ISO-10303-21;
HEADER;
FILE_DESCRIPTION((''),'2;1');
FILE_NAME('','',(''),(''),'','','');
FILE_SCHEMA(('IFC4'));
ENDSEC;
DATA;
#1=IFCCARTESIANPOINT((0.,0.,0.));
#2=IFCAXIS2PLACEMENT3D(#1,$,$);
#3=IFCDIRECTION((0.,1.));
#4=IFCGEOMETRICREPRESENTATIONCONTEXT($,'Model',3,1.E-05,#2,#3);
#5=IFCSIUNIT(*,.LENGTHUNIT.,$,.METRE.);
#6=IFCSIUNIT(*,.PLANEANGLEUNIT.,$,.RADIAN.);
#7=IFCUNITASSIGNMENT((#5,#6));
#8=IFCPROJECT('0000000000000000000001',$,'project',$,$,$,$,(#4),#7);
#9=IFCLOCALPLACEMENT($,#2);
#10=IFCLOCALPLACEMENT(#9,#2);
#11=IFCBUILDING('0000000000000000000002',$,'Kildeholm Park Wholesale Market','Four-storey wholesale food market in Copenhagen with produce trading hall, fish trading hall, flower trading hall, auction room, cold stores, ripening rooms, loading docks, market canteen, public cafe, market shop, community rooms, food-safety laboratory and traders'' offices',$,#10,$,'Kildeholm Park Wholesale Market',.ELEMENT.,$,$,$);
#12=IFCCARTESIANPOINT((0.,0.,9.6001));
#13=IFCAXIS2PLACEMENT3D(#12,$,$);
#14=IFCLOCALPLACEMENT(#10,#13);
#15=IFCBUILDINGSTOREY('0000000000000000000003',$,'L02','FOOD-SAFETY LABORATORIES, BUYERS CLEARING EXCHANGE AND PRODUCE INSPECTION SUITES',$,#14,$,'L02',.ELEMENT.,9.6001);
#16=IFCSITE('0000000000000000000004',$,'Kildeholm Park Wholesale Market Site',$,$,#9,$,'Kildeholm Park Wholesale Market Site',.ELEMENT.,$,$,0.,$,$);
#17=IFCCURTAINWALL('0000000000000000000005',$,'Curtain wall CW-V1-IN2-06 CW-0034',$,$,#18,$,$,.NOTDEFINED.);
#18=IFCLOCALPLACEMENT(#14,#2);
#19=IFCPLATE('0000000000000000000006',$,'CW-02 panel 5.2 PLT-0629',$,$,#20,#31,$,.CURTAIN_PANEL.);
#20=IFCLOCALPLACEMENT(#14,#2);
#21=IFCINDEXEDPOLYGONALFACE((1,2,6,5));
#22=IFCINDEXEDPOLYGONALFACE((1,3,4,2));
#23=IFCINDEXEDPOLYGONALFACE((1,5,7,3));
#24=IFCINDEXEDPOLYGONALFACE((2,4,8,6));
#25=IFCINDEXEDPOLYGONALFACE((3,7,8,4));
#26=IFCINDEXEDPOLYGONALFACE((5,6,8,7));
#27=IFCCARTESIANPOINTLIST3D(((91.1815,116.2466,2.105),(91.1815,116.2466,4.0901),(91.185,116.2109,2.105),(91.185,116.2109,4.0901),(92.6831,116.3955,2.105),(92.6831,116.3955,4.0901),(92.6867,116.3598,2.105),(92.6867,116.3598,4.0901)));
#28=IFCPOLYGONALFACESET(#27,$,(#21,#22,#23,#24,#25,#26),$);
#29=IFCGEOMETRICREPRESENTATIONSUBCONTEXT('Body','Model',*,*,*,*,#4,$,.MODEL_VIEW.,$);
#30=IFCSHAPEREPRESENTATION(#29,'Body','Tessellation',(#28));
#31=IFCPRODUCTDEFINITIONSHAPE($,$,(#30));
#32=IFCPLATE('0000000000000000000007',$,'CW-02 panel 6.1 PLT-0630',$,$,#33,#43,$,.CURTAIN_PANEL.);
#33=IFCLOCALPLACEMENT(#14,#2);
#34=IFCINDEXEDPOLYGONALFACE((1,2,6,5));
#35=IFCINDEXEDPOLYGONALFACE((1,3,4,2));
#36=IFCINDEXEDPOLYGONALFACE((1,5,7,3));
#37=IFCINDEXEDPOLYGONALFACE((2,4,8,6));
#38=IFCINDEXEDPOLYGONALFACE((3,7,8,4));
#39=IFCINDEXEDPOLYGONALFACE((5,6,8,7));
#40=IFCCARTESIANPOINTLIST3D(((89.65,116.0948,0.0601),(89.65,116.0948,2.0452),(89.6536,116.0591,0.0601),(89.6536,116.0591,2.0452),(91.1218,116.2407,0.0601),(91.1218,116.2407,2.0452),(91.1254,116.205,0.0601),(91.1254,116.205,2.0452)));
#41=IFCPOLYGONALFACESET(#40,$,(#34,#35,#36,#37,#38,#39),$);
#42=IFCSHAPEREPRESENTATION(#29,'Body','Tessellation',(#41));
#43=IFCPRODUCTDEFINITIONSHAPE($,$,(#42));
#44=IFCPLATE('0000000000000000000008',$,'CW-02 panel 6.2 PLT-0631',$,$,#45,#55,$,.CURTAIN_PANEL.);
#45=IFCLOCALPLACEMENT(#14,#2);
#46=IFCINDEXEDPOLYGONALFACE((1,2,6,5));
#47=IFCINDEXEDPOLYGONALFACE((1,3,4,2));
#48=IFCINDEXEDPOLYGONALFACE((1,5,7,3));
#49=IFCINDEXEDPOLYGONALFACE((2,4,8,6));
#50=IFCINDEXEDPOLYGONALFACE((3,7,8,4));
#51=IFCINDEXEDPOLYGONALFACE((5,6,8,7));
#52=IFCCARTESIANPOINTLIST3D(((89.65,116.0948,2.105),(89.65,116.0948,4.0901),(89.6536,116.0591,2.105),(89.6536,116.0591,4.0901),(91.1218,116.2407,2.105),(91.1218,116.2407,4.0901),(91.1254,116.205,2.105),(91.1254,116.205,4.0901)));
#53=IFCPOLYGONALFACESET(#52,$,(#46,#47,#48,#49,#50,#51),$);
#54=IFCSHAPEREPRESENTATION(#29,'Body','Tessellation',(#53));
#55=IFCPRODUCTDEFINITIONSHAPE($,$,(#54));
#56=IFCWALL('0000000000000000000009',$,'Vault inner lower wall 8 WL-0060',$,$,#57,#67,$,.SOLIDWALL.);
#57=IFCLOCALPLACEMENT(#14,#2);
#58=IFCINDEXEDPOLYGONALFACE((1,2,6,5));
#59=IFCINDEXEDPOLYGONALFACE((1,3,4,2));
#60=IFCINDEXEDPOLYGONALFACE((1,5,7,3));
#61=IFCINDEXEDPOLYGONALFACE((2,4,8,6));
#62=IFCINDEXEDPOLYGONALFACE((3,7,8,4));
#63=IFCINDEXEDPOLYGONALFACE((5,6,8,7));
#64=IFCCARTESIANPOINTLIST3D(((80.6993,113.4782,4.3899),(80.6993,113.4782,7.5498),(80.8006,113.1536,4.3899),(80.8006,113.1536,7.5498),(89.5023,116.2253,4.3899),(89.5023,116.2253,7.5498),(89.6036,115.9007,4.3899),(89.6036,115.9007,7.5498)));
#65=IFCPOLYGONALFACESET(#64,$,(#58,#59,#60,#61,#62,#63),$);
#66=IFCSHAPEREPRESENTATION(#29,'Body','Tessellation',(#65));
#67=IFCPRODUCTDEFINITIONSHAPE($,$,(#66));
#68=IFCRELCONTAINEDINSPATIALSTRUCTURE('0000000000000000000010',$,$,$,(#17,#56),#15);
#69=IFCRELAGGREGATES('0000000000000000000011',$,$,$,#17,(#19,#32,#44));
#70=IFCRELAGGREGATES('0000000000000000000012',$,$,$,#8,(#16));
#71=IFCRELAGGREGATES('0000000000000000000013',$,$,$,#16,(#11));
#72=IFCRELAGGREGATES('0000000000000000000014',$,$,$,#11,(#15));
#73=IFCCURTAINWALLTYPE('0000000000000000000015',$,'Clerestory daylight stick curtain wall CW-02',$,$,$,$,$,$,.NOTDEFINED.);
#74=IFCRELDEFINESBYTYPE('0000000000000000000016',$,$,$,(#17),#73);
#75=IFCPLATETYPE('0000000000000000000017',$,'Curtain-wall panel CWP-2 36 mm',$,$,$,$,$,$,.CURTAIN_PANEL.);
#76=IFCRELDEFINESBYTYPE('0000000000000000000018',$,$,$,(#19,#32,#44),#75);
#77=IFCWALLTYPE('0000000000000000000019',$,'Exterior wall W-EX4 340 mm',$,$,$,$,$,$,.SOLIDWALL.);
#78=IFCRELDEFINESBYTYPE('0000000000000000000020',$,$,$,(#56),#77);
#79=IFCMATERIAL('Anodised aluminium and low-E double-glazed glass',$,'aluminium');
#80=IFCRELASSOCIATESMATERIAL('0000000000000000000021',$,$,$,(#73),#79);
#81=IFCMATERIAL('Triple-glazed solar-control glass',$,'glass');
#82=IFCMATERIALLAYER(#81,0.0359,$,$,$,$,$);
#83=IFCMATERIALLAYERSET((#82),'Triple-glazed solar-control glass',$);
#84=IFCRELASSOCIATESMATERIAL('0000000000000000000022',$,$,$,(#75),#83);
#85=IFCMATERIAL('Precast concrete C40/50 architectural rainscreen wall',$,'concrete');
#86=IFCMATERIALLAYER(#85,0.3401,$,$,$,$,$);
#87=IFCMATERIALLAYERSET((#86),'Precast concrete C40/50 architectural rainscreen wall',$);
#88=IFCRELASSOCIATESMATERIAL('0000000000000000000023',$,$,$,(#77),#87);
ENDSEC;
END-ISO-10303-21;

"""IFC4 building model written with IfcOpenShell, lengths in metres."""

from ifc_helpers import new_model, si_unit, direction, frame, frame_2d, origin, origin_2d, place, context, subcontext, project, spatial, rectangle, extrude, material, layer, layer_set, type_object, element, aggregate, save


model = new_model("IFC4")

# Units and contexts
model_context = context("Model", 3, precision=1e-05, world=origin(), true_north=direction((0.0, 1.0)))
body_context = subcontext(model_context, "Body", "Model", "MODEL_VIEW")
ifc_project = project(units=[si_unit("LENGTHUNIT", "METRE"), si_unit("PLANEANGLEUNIT", "RADIAN")], contexts=[model_context])

# Site, building, storey
site_placement = place(None, origin())
site = spatial("IfcSite", under=ifc_project, at=site_placement, Name="Kildeholm Park Wholesale Market Site", LongName="Kildeholm Park Wholesale Market Site", CompositionType="ELEMENT", RefElevation=0.0)
building_placement = place(site_placement, origin())
building = spatial("IfcBuilding", under=site, at=building_placement, Name="Kildeholm Park Wholesale Market", Description="Four-storey wholesale food market in Copenhagen with produce trading hall, fish trading hall, flower trading hall, auction room, cold stores, ripening rooms, loading docks, market canteen, public cafe, market shop, community rooms, food-safety laboratory and traders' offices", LongName="Kildeholm Park Wholesale Market", CompositionType="ELEMENT")
storey_placement = place(building_placement, frame((0.0, 0.0, 9.6001)))
storey = spatial("IfcBuildingStorey", under=building, at=storey_placement, Name="L02", Description="FOOD-SAFETY LABORATORIES, BUYERS CLEARING EXCHANGE AND PRODUCE INSPECTION SUITES", LongName="L02", CompositionType="ELEMENT", Elevation=9.6001)

# Curtain wall, plates
ifc_material_1 = material(Name="Anodised aluminium and low-E double-glazed glass", Category="aluminium")
curtain_wall_type = type_object("IfcCurtainWallType", Name="Clerestory daylight stick curtain wall CW-02", PredefinedType="NOTDEFINED", material=ifc_material_1)
curtain_wall_placement = place(storey_placement, origin())
curtain_wall = element("IfcCurtainWall", 1, at=curtain_wall_placement, inside=storey, type_object=curtain_wall_type, Name="Curtain wall CW-V1-IN2-06 CW-0034", PredefinedType="NOTDEFINED")
ifc_material_2 = material(Name="Triple-glazed solar-control glass", Category="glass")
ifc_layer_1 = layer(ifc_material_2, 0.0359)
ifc_layer_set_1 = layer_set([ifc_layer_1], Name="Triple-glazed solar-control glass")
plate_type = type_object("IfcPlateType", Name="Curtain-wall panel CWP-2 36 mm", PredefinedType="CURTAIN_PANEL", material=ifc_layer_set_1)
plate_1_placement = place(storey_placement, frame((91.9341, 116.3032, 2.105), z_axis=(0.0, 0.0, 1.0), x_axis=(-0.995119, -0.098683, 0.0)))
plate_1 = element("IfcPlate", 2, at=plate_1_placement, type_object=plate_type, Name="CW-02 panel 5.2 PLT-0629", PredefinedType="CURTAIN_PANEL", context=body_context, shape_type="SweptSolid", body=[
    extrude(rectangle(XDim=1.509, YDim=0.0359, at=origin_2d()), origin(), (0.0, 0.0, 1.0), 1.9851),
])
plate_2_placement = place(storey_placement, frame((90.3877, 116.1499, 0.0601), z_axis=(0.0, 0.0, 1.0), x_axis=(-0.995119, -0.098683, 0.0)))
plate_2 = element("IfcPlate", 3, at=plate_2_placement, type_object=plate_type, Name="CW-02 panel 6.1 PLT-0630", PredefinedType="CURTAIN_PANEL", context=body_context, shape_type="SweptSolid", body=[
    extrude(rectangle(XDim=1.479, YDim=0.0359, at=origin_2d()), origin(), (0.0, 0.0, 1.0), 1.9851),
])
plate_3_placement = place(storey_placement, frame((90.3877, 116.1499, 2.105), z_axis=(0.0, 0.0, 1.0), x_axis=(-0.995119, -0.098683, 0.0)))
plate_3 = element("IfcPlate", 4, at=plate_3_placement, type_object=plate_type, Name="CW-02 panel 6.2 PLT-0631", PredefinedType="CURTAIN_PANEL", context=body_context, shape_type="SweptSolid", body=[
    extrude(rectangle(XDim=1.479, YDim=0.0359, at=origin_2d()), origin(), (0.0, 0.0, 1.0), 1.9851),
])
aggregate(curtain_wall, [plate_1, plate_2, plate_3])

# Wall
ifc_material_3 = material(Name="Precast concrete C40/50 architectural rainscreen wall", Category="concrete")
ifc_layer_2 = layer(ifc_material_3, 0.3401)
ifc_layer_set_2 = layer_set([ifc_layer_2], Name="Precast concrete C40/50 architectural rainscreen wall")
wall_type = type_object("IfcWallType", Name="Exterior wall W-EX4 340 mm", PredefinedType="SOLIDWALL", material=ifc_layer_set_2)
wall_placement = place(storey_placement, frame((89.553, 116.063, 4.3899), z_axis=(0.0, 0.0, 1.0), x_axis=(-0.954599, -0.297894, 0.0)))
element("IfcWall", 5, at=wall_placement, inside=storey, type_object=wall_type, Name="Vault inner lower wall 8 WL-0060", PredefinedType="SOLIDWALL", context=body_context, shape_type="SweptSolid", body=[
    extrude(rectangle(XDim=9.2217, YDim=0.3401, at=frame_2d((4.6108, 0.0))), origin(), (0.0, 0.0, 1.0), 3.1599),
])

save(model, "model.ifc")
